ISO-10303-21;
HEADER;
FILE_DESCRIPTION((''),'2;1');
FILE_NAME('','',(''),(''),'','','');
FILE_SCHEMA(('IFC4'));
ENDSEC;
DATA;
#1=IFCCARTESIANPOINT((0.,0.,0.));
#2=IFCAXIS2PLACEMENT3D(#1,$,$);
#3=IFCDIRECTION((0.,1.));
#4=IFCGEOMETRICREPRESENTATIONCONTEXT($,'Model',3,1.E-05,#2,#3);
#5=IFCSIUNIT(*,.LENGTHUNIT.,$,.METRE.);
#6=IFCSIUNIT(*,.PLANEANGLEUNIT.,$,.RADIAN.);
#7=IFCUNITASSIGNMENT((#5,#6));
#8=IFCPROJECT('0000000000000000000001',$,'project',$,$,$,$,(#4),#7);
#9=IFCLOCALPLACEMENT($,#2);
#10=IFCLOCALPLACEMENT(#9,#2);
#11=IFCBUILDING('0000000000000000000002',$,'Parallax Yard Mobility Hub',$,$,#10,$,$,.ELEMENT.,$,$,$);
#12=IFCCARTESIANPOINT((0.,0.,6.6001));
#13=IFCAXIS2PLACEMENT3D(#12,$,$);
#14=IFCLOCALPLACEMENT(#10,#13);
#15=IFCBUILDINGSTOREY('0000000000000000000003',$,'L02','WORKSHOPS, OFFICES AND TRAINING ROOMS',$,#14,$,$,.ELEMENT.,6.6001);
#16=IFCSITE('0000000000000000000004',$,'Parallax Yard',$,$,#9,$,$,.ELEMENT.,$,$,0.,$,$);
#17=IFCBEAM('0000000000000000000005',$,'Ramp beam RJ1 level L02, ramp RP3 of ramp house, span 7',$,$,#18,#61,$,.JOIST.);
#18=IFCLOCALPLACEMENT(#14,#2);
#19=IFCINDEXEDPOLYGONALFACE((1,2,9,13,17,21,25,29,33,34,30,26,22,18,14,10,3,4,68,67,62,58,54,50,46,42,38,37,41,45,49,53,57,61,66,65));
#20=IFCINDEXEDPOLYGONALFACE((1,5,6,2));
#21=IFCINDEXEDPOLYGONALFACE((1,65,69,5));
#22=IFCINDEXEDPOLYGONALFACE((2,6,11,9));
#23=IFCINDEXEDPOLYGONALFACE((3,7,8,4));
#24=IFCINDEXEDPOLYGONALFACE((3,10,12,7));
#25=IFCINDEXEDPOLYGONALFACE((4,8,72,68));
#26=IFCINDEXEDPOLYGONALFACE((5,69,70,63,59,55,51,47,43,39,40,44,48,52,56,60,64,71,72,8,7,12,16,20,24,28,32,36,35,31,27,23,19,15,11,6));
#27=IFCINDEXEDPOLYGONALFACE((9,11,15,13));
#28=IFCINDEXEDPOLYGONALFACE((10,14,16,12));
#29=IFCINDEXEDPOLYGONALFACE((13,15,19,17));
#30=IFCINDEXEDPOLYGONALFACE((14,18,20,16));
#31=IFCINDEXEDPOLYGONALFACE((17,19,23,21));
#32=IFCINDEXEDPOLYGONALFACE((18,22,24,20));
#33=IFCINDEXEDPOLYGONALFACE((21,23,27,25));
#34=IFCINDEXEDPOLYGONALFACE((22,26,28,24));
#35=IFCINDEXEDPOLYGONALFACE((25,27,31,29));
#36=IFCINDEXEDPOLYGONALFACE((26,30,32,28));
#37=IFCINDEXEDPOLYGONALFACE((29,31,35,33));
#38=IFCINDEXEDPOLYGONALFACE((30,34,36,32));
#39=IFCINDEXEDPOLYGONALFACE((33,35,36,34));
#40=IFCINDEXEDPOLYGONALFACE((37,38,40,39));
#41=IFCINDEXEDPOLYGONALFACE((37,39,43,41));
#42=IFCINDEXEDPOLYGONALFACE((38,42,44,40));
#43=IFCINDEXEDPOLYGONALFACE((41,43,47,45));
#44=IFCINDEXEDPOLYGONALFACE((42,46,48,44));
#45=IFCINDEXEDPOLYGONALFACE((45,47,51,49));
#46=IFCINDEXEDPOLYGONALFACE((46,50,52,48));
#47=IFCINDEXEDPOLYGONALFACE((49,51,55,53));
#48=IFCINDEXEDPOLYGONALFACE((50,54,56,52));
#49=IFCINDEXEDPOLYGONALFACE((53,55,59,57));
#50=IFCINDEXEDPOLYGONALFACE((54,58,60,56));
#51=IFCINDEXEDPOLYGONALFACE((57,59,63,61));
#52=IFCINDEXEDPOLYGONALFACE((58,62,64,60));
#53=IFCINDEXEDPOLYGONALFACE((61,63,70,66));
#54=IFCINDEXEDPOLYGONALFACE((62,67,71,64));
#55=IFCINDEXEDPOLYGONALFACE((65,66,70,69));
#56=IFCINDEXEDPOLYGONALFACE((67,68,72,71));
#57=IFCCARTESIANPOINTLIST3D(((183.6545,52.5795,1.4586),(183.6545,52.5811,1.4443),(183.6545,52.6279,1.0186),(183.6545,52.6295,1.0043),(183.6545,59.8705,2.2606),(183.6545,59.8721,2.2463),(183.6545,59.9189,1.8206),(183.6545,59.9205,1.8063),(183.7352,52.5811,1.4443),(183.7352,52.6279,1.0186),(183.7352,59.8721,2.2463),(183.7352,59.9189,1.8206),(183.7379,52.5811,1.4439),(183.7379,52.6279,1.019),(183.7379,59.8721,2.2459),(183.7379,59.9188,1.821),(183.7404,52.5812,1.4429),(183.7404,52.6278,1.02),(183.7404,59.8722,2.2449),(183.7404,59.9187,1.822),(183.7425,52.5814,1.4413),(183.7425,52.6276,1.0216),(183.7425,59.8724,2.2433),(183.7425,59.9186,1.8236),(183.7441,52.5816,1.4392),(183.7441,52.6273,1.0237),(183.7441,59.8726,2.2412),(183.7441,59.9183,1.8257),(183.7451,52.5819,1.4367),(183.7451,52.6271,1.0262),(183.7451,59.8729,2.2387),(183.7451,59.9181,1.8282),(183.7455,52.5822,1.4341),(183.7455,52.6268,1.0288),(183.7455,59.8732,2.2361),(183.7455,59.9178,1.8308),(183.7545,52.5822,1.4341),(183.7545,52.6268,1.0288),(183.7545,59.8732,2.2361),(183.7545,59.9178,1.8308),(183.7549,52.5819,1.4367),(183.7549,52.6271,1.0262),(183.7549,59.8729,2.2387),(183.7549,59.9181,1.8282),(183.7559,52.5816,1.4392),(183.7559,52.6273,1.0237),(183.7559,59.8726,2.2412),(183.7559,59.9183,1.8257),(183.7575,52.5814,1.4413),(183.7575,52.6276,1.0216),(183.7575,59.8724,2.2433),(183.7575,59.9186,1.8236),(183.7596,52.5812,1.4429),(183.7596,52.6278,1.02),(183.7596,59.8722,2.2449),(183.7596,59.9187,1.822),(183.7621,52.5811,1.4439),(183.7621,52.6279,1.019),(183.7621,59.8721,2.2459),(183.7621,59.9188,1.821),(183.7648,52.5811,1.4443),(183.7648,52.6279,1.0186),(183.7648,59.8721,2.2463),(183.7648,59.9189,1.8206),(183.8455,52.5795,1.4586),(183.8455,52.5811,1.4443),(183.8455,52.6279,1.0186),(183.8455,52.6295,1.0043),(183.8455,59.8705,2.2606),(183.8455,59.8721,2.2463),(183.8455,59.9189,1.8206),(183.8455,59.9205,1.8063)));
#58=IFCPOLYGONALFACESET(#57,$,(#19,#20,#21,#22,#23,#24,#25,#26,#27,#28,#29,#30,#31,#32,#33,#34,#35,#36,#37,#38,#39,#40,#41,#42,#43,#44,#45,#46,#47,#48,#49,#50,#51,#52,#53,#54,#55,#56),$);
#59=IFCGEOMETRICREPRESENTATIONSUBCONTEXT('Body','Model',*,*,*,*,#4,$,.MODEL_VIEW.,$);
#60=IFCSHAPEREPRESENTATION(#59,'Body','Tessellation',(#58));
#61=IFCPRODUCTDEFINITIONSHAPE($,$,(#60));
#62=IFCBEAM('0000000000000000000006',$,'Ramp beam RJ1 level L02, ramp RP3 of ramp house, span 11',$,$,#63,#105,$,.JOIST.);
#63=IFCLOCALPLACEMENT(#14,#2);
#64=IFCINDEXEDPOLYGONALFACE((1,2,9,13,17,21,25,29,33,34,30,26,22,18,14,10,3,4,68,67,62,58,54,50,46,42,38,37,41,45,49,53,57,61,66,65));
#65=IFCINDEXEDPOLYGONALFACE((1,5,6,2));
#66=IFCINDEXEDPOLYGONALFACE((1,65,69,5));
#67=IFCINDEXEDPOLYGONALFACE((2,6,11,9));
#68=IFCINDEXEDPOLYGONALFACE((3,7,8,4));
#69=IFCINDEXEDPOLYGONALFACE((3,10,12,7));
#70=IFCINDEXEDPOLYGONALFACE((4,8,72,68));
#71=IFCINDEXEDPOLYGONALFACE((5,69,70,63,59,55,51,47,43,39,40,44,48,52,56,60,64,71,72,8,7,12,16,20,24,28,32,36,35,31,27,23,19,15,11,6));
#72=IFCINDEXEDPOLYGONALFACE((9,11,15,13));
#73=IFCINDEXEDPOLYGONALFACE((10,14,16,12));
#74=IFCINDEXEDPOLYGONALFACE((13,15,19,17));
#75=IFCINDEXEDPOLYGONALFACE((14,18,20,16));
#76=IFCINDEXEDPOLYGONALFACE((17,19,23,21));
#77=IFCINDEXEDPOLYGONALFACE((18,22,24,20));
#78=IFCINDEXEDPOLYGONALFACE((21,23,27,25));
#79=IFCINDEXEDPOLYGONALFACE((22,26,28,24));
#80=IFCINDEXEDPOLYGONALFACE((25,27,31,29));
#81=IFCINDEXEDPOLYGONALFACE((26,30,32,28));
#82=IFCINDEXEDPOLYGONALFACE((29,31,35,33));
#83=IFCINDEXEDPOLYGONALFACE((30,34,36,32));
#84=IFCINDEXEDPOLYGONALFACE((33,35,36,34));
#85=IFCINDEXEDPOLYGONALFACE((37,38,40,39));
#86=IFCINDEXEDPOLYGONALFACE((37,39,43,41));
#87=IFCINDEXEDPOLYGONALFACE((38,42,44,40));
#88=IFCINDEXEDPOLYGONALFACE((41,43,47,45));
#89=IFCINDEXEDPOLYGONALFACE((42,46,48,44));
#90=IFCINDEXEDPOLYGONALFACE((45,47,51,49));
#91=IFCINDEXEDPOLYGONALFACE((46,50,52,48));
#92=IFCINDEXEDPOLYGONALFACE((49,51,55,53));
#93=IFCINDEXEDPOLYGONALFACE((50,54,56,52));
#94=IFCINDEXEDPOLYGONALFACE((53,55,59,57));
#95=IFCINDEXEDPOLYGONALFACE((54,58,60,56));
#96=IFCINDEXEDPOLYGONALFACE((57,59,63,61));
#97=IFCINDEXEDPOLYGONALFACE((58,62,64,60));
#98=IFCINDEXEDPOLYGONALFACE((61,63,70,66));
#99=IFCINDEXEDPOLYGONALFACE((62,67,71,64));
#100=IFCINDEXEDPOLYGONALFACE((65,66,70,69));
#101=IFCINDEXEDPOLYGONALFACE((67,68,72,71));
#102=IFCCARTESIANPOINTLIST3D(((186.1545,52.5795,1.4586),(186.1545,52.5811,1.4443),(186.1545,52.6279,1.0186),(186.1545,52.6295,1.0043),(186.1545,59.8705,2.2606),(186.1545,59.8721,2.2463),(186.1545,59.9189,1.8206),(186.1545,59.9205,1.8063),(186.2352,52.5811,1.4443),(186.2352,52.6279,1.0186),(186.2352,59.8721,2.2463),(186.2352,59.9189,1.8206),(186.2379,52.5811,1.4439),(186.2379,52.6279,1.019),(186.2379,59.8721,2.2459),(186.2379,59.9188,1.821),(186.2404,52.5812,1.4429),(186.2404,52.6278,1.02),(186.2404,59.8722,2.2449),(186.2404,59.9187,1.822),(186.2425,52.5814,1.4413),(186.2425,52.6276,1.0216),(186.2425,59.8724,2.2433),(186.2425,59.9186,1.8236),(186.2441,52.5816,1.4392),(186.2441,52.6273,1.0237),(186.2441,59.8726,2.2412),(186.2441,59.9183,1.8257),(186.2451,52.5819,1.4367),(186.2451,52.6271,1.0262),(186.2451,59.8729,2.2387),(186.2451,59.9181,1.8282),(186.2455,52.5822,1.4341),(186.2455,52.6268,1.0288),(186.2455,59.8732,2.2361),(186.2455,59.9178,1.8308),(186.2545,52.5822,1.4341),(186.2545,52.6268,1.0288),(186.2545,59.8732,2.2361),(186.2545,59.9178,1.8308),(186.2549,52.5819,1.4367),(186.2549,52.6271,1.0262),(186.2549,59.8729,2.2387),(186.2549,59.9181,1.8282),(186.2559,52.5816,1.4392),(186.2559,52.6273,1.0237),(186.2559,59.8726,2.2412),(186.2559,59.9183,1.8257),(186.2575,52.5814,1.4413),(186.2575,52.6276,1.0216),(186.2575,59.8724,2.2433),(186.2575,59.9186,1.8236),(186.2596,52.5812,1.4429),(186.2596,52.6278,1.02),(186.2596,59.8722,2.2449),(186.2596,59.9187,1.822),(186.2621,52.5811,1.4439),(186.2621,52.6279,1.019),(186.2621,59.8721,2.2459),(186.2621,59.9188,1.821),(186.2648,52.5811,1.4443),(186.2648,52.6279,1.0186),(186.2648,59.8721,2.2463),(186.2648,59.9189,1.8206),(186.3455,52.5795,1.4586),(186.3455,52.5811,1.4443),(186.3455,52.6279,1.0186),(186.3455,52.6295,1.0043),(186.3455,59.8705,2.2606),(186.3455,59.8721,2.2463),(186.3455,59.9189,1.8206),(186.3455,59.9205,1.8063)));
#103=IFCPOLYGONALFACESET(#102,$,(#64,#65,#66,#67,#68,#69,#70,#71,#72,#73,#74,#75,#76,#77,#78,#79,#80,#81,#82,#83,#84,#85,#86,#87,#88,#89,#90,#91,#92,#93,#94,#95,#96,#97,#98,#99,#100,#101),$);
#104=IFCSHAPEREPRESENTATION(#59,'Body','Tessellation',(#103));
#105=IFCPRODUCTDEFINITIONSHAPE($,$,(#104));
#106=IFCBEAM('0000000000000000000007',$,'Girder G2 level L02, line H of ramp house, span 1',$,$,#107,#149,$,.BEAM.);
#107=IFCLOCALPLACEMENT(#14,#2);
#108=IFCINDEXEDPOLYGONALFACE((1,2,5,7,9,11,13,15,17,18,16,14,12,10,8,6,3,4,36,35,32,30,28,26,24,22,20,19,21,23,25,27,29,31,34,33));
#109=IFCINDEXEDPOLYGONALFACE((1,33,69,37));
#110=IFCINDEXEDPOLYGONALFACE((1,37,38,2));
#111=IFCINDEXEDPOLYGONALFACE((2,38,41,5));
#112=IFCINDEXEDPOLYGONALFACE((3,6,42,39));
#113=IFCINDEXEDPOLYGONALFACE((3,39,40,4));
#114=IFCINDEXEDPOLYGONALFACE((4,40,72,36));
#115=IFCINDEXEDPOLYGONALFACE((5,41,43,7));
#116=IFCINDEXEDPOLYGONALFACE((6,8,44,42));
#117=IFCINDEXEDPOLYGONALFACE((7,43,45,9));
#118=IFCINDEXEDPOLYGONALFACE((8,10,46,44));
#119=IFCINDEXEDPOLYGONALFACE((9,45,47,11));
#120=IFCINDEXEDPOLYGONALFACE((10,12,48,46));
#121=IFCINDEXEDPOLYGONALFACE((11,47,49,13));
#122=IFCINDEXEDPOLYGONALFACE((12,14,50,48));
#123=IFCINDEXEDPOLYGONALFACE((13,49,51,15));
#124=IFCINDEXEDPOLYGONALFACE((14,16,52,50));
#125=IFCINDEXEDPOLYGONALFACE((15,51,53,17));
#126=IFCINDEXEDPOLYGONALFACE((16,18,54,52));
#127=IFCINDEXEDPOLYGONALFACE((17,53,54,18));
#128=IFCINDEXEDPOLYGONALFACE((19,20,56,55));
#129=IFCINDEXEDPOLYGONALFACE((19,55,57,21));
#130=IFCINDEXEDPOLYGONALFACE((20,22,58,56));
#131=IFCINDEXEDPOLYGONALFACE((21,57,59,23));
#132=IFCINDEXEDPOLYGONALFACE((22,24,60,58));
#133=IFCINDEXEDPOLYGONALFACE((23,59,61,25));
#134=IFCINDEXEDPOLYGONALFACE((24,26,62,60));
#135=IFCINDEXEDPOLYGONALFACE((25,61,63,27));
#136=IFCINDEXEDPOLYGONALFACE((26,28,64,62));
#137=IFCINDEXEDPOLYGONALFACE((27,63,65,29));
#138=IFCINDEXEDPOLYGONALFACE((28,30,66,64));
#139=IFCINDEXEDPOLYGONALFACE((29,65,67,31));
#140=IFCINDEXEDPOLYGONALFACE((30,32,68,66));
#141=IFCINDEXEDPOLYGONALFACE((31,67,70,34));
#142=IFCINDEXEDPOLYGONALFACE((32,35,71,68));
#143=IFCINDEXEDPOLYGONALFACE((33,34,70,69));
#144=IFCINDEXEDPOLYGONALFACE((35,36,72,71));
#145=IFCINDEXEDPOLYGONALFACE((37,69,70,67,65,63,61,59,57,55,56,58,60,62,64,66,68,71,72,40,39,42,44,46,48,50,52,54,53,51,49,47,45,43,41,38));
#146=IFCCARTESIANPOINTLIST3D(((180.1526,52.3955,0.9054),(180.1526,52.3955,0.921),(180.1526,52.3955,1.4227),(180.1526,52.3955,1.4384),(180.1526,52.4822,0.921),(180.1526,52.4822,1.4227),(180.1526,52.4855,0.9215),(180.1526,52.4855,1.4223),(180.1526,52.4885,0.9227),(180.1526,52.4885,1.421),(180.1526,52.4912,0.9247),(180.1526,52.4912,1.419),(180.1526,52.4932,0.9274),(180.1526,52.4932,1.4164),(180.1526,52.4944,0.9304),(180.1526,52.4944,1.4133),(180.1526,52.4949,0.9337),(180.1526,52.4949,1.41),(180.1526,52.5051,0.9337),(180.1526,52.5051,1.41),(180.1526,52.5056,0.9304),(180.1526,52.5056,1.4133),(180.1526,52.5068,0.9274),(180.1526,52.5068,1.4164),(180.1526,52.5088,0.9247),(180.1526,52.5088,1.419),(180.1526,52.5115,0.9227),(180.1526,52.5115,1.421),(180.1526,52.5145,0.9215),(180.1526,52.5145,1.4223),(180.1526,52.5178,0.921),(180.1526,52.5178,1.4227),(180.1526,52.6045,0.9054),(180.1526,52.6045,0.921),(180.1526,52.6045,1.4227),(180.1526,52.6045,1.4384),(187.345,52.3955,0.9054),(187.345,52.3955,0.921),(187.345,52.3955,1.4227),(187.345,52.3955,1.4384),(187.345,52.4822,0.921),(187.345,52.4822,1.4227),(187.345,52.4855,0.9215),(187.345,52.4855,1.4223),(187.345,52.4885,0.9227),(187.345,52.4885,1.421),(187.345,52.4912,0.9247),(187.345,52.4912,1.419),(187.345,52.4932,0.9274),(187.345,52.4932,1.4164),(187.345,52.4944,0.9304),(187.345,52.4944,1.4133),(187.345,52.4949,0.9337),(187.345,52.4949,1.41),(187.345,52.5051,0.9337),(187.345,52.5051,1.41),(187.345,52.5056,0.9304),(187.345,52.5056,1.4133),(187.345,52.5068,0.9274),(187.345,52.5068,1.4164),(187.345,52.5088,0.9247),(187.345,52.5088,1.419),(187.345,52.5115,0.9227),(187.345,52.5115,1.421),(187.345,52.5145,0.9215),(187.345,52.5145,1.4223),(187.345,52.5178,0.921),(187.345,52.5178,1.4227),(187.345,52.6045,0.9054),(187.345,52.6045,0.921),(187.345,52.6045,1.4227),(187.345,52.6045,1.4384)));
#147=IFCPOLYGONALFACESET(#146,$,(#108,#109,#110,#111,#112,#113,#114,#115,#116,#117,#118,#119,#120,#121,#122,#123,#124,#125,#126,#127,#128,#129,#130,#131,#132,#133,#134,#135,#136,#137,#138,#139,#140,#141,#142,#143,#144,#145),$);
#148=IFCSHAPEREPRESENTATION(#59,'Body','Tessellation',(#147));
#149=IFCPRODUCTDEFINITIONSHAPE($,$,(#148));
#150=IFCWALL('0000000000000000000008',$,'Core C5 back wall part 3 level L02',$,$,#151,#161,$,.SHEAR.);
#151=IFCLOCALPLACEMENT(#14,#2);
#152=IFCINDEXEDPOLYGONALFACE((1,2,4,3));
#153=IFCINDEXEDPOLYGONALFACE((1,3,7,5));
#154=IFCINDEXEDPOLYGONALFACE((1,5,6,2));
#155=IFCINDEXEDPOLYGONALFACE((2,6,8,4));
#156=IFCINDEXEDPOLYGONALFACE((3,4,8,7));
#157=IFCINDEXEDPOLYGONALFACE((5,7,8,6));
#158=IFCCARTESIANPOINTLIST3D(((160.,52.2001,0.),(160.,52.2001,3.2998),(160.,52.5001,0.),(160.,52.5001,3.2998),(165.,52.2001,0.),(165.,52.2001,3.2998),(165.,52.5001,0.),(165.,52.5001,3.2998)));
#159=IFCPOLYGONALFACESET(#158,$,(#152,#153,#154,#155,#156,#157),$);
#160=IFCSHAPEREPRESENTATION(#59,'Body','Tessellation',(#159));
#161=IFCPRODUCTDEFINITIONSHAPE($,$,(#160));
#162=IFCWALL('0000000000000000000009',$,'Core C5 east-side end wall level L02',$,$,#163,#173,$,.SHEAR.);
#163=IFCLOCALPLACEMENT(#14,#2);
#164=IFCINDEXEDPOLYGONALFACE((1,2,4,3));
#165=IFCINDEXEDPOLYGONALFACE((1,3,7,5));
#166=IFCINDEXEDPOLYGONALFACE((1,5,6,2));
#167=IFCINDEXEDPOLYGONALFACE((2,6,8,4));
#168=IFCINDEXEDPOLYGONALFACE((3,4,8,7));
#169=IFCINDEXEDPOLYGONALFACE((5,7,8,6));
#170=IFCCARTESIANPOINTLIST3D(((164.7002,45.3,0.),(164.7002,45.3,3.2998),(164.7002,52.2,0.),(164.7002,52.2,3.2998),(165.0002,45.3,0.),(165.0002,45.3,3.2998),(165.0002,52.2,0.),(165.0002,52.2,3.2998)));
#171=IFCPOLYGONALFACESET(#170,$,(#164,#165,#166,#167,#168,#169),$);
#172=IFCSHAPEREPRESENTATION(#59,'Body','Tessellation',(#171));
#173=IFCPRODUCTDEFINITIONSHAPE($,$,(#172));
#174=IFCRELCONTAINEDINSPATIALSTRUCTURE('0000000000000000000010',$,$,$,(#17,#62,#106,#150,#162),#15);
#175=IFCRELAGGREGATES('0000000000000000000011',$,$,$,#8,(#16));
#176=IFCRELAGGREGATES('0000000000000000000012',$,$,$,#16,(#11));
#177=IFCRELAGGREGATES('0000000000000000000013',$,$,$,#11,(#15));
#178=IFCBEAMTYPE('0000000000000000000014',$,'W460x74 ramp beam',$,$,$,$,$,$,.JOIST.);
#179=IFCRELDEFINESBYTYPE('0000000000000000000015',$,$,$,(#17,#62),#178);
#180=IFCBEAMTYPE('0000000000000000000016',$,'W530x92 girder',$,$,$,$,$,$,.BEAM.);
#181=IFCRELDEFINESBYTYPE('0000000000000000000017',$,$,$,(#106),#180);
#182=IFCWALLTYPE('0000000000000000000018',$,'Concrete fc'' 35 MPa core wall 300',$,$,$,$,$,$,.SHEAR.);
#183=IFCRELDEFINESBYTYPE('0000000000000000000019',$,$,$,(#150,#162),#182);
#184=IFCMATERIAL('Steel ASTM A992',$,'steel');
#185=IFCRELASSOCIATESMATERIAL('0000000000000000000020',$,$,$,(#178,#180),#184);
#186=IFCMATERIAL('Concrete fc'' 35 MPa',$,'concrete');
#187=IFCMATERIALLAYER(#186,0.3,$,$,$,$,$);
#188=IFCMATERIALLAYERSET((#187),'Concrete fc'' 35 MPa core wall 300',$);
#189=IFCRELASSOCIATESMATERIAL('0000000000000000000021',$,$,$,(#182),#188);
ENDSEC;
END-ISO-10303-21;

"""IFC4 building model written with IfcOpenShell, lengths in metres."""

from ifc_helpers import new_model, si_unit, direction, frame, frame_2d, origin, origin_2d, place, context, subcontext, project, spatial, polyline, rectangle, i_section, outline, extrude, material, layer, layer_set, material_profile, profile_set, type_object, element, save


model = new_model("IFC4")

# Units and contexts
model_context = context("Model", 3, precision=1e-05, world=origin(), true_north=direction((0.0, 1.0)))
body_context = subcontext(model_context, "Body", "Model", "MODEL_VIEW")
ifc_project = project(units=[si_unit("LENGTHUNIT", "METRE"), si_unit("PLANEANGLEUNIT", "RADIAN")], contexts=[model_context])

# Site, building, storey
site_placement = place(None, origin())
site = spatial("IfcSite", under=ifc_project, at=site_placement, Name="Parallax Yard", CompositionType="ELEMENT", RefElevation=0.0)
building_placement = place(site_placement, origin())
building = spatial("IfcBuilding", under=site, at=building_placement, Name="Parallax Yard Mobility Hub", CompositionType="ELEMENT")
storey_placement = place(building_placement, frame((0.0, 0.0, 6.6001)))
storey = spatial("IfcBuildingStorey", under=building, at=storey_placement, Name="L02", Description="WORKSHOPS, OFFICES AND TRAINING ROOMS", CompositionType="ELEMENT", Elevation=6.6001)

# Shared definitions
ifc_material_1 = material(Name="Steel ASTM A992", Category="steel")

# Beams
ifc_material_profile_1 = material_profile(ifc_material_1, i_section(OverallWidth=0.1909, OverallDepth=0.457, WebThickness=0.009, FlangeThickness=0.0144, FilletRadius=0.0103, at=origin_2d()), Name="W460x74")
ifc_profile_set_1 = profile_set([ifc_material_profile_1], Name="Steel ASTM A992")
beam_type_1 = type_object("IfcBeamType", Name="W460x74 ramp beam", PredefinedType="JOIST", material=ifc_profile_set_1)
for number, where, z_axis, x_axis, name in (
    (1, (183.75, 52.6045, 1.2314), (0.0, 0.994005, 0.109339), (-1.0, 0.0, 0.0), "Ramp beam RJ1 level L02, ramp RP3 of ramp house, span 7"),
    (2, (186.25, 52.6045, 1.2314), (0.0, 0.994005, 0.109339), (-1.0, 0.0, 0.0), "Ramp beam RJ1 level L02, ramp RP3 of ramp house, span 11"),
):
    element("IfcBeam", number, at=place(storey_placement, frame(where, z_axis=z_axis, x_axis=x_axis)), inside=storey, type_object=beam_type_1, Name=name, PredefinedType="JOIST", context=body_context, shape_type="SweptSolid", body=[
        extrude(i_section(OverallWidth=0.1909, OverallDepth=0.457, WebThickness=0.009, FlangeThickness=0.0144, FilletRadius=0.0103, at=origin_2d()), origin(), (0.0, 0.0, 1.0), 7.335),
    ])
ifc_material_profile_2 = material_profile(ifc_material_1, i_section(OverallWidth=0.209, OverallDepth=0.533, WebThickness=0.0103, FlangeThickness=0.0156, FilletRadius=0.0127, at=origin_2d()), Name="W530x92")
ifc_profile_set_2 = profile_set([ifc_material_profile_2], Name="Steel ASTM A992")
beam_type_2 = type_object("IfcBeamType", Name="W530x92 girder", PredefinedType="BEAM", material=ifc_profile_set_2)
beam_1_placement = place(storey_placement, frame((180.1526, 52.5, 1.1719), z_axis=(1.0, 0.0, 0.0), x_axis=(0.0, 1.0, 0.0)))
element("IfcBeam", 3, at=beam_1_placement, inside=storey, type_object=beam_type_2, Name="Girder G2 level L02, line H of ramp house, span 1", PredefinedType="BEAM", context=body_context, shape_type="SweptSolid", body=[
    extrude(i_section(OverallWidth=0.209, OverallDepth=0.533, WebThickness=0.0103, FlangeThickness=0.0156, FilletRadius=0.0127, at=origin_2d()), origin(), (0.0, 0.0, 1.0), 7.1924),
])

# Walls
ifc_material_2 = material(Name="Concrete fc' 35 MPa", Category="concrete")
ifc_layer_1 = layer(ifc_material_2, 0.3)
ifc_layer_set_1 = layer_set([ifc_layer_1], Name="Concrete fc' 35 MPa core wall 300")
wall_type_1 = type_object("IfcWallType", Name="Concrete fc' 35 MPa core wall 300", PredefinedType="SHEAR", material=ifc_layer_set_1)
wall_1_placement = place(storey_placement, frame((160.0, 52.3501, 0.0), z_axis=(0.0, 0.0, 1.0), x_axis=(1.0, 0.0, 0.0)))
element("IfcWall", 4, at=wall_1_placement, inside=storey, type_object=wall_type_1, Name="Core C5 back wall part 3 level L02", PredefinedType="SHEAR", context=body_context, shape_type="SweptSolid", body=[
    extrude(rectangle(XDim=5.0, YDim=0.3, at=frame_2d((2.5, 0.0))), origin(), (0.0, 0.0, 1.0), 3.2998),
])
wall_2_placement = place(storey_placement, frame((164.8501, 45.3, 0.0), z_axis=(0.0, 0.0, 1.0), x_axis=(0.0, 1.0, 0.0)))
element("IfcWall", 5, at=wall_2_placement, inside=storey, type_object=wall_type_1, Name="Core C5 east-side end wall level L02", PredefinedType="SHEAR", context=body_context, shape_type="SweptSolid", body=[
    extrude(outline(polyline([(0.0, 0.0), (6.8999, 0.0), (6.8999, 3.2998), (0.0, 3.2998), (0.0, 0.0)])), frame((0.0, 0.1499, 0.0), z_axis=(0.0, -1.0, 0.0), x_axis=(1.0, 0.0, 0.0)), (0.0, 0.0, 1.0), 0.3),
])

save(model, "model.ifc")
